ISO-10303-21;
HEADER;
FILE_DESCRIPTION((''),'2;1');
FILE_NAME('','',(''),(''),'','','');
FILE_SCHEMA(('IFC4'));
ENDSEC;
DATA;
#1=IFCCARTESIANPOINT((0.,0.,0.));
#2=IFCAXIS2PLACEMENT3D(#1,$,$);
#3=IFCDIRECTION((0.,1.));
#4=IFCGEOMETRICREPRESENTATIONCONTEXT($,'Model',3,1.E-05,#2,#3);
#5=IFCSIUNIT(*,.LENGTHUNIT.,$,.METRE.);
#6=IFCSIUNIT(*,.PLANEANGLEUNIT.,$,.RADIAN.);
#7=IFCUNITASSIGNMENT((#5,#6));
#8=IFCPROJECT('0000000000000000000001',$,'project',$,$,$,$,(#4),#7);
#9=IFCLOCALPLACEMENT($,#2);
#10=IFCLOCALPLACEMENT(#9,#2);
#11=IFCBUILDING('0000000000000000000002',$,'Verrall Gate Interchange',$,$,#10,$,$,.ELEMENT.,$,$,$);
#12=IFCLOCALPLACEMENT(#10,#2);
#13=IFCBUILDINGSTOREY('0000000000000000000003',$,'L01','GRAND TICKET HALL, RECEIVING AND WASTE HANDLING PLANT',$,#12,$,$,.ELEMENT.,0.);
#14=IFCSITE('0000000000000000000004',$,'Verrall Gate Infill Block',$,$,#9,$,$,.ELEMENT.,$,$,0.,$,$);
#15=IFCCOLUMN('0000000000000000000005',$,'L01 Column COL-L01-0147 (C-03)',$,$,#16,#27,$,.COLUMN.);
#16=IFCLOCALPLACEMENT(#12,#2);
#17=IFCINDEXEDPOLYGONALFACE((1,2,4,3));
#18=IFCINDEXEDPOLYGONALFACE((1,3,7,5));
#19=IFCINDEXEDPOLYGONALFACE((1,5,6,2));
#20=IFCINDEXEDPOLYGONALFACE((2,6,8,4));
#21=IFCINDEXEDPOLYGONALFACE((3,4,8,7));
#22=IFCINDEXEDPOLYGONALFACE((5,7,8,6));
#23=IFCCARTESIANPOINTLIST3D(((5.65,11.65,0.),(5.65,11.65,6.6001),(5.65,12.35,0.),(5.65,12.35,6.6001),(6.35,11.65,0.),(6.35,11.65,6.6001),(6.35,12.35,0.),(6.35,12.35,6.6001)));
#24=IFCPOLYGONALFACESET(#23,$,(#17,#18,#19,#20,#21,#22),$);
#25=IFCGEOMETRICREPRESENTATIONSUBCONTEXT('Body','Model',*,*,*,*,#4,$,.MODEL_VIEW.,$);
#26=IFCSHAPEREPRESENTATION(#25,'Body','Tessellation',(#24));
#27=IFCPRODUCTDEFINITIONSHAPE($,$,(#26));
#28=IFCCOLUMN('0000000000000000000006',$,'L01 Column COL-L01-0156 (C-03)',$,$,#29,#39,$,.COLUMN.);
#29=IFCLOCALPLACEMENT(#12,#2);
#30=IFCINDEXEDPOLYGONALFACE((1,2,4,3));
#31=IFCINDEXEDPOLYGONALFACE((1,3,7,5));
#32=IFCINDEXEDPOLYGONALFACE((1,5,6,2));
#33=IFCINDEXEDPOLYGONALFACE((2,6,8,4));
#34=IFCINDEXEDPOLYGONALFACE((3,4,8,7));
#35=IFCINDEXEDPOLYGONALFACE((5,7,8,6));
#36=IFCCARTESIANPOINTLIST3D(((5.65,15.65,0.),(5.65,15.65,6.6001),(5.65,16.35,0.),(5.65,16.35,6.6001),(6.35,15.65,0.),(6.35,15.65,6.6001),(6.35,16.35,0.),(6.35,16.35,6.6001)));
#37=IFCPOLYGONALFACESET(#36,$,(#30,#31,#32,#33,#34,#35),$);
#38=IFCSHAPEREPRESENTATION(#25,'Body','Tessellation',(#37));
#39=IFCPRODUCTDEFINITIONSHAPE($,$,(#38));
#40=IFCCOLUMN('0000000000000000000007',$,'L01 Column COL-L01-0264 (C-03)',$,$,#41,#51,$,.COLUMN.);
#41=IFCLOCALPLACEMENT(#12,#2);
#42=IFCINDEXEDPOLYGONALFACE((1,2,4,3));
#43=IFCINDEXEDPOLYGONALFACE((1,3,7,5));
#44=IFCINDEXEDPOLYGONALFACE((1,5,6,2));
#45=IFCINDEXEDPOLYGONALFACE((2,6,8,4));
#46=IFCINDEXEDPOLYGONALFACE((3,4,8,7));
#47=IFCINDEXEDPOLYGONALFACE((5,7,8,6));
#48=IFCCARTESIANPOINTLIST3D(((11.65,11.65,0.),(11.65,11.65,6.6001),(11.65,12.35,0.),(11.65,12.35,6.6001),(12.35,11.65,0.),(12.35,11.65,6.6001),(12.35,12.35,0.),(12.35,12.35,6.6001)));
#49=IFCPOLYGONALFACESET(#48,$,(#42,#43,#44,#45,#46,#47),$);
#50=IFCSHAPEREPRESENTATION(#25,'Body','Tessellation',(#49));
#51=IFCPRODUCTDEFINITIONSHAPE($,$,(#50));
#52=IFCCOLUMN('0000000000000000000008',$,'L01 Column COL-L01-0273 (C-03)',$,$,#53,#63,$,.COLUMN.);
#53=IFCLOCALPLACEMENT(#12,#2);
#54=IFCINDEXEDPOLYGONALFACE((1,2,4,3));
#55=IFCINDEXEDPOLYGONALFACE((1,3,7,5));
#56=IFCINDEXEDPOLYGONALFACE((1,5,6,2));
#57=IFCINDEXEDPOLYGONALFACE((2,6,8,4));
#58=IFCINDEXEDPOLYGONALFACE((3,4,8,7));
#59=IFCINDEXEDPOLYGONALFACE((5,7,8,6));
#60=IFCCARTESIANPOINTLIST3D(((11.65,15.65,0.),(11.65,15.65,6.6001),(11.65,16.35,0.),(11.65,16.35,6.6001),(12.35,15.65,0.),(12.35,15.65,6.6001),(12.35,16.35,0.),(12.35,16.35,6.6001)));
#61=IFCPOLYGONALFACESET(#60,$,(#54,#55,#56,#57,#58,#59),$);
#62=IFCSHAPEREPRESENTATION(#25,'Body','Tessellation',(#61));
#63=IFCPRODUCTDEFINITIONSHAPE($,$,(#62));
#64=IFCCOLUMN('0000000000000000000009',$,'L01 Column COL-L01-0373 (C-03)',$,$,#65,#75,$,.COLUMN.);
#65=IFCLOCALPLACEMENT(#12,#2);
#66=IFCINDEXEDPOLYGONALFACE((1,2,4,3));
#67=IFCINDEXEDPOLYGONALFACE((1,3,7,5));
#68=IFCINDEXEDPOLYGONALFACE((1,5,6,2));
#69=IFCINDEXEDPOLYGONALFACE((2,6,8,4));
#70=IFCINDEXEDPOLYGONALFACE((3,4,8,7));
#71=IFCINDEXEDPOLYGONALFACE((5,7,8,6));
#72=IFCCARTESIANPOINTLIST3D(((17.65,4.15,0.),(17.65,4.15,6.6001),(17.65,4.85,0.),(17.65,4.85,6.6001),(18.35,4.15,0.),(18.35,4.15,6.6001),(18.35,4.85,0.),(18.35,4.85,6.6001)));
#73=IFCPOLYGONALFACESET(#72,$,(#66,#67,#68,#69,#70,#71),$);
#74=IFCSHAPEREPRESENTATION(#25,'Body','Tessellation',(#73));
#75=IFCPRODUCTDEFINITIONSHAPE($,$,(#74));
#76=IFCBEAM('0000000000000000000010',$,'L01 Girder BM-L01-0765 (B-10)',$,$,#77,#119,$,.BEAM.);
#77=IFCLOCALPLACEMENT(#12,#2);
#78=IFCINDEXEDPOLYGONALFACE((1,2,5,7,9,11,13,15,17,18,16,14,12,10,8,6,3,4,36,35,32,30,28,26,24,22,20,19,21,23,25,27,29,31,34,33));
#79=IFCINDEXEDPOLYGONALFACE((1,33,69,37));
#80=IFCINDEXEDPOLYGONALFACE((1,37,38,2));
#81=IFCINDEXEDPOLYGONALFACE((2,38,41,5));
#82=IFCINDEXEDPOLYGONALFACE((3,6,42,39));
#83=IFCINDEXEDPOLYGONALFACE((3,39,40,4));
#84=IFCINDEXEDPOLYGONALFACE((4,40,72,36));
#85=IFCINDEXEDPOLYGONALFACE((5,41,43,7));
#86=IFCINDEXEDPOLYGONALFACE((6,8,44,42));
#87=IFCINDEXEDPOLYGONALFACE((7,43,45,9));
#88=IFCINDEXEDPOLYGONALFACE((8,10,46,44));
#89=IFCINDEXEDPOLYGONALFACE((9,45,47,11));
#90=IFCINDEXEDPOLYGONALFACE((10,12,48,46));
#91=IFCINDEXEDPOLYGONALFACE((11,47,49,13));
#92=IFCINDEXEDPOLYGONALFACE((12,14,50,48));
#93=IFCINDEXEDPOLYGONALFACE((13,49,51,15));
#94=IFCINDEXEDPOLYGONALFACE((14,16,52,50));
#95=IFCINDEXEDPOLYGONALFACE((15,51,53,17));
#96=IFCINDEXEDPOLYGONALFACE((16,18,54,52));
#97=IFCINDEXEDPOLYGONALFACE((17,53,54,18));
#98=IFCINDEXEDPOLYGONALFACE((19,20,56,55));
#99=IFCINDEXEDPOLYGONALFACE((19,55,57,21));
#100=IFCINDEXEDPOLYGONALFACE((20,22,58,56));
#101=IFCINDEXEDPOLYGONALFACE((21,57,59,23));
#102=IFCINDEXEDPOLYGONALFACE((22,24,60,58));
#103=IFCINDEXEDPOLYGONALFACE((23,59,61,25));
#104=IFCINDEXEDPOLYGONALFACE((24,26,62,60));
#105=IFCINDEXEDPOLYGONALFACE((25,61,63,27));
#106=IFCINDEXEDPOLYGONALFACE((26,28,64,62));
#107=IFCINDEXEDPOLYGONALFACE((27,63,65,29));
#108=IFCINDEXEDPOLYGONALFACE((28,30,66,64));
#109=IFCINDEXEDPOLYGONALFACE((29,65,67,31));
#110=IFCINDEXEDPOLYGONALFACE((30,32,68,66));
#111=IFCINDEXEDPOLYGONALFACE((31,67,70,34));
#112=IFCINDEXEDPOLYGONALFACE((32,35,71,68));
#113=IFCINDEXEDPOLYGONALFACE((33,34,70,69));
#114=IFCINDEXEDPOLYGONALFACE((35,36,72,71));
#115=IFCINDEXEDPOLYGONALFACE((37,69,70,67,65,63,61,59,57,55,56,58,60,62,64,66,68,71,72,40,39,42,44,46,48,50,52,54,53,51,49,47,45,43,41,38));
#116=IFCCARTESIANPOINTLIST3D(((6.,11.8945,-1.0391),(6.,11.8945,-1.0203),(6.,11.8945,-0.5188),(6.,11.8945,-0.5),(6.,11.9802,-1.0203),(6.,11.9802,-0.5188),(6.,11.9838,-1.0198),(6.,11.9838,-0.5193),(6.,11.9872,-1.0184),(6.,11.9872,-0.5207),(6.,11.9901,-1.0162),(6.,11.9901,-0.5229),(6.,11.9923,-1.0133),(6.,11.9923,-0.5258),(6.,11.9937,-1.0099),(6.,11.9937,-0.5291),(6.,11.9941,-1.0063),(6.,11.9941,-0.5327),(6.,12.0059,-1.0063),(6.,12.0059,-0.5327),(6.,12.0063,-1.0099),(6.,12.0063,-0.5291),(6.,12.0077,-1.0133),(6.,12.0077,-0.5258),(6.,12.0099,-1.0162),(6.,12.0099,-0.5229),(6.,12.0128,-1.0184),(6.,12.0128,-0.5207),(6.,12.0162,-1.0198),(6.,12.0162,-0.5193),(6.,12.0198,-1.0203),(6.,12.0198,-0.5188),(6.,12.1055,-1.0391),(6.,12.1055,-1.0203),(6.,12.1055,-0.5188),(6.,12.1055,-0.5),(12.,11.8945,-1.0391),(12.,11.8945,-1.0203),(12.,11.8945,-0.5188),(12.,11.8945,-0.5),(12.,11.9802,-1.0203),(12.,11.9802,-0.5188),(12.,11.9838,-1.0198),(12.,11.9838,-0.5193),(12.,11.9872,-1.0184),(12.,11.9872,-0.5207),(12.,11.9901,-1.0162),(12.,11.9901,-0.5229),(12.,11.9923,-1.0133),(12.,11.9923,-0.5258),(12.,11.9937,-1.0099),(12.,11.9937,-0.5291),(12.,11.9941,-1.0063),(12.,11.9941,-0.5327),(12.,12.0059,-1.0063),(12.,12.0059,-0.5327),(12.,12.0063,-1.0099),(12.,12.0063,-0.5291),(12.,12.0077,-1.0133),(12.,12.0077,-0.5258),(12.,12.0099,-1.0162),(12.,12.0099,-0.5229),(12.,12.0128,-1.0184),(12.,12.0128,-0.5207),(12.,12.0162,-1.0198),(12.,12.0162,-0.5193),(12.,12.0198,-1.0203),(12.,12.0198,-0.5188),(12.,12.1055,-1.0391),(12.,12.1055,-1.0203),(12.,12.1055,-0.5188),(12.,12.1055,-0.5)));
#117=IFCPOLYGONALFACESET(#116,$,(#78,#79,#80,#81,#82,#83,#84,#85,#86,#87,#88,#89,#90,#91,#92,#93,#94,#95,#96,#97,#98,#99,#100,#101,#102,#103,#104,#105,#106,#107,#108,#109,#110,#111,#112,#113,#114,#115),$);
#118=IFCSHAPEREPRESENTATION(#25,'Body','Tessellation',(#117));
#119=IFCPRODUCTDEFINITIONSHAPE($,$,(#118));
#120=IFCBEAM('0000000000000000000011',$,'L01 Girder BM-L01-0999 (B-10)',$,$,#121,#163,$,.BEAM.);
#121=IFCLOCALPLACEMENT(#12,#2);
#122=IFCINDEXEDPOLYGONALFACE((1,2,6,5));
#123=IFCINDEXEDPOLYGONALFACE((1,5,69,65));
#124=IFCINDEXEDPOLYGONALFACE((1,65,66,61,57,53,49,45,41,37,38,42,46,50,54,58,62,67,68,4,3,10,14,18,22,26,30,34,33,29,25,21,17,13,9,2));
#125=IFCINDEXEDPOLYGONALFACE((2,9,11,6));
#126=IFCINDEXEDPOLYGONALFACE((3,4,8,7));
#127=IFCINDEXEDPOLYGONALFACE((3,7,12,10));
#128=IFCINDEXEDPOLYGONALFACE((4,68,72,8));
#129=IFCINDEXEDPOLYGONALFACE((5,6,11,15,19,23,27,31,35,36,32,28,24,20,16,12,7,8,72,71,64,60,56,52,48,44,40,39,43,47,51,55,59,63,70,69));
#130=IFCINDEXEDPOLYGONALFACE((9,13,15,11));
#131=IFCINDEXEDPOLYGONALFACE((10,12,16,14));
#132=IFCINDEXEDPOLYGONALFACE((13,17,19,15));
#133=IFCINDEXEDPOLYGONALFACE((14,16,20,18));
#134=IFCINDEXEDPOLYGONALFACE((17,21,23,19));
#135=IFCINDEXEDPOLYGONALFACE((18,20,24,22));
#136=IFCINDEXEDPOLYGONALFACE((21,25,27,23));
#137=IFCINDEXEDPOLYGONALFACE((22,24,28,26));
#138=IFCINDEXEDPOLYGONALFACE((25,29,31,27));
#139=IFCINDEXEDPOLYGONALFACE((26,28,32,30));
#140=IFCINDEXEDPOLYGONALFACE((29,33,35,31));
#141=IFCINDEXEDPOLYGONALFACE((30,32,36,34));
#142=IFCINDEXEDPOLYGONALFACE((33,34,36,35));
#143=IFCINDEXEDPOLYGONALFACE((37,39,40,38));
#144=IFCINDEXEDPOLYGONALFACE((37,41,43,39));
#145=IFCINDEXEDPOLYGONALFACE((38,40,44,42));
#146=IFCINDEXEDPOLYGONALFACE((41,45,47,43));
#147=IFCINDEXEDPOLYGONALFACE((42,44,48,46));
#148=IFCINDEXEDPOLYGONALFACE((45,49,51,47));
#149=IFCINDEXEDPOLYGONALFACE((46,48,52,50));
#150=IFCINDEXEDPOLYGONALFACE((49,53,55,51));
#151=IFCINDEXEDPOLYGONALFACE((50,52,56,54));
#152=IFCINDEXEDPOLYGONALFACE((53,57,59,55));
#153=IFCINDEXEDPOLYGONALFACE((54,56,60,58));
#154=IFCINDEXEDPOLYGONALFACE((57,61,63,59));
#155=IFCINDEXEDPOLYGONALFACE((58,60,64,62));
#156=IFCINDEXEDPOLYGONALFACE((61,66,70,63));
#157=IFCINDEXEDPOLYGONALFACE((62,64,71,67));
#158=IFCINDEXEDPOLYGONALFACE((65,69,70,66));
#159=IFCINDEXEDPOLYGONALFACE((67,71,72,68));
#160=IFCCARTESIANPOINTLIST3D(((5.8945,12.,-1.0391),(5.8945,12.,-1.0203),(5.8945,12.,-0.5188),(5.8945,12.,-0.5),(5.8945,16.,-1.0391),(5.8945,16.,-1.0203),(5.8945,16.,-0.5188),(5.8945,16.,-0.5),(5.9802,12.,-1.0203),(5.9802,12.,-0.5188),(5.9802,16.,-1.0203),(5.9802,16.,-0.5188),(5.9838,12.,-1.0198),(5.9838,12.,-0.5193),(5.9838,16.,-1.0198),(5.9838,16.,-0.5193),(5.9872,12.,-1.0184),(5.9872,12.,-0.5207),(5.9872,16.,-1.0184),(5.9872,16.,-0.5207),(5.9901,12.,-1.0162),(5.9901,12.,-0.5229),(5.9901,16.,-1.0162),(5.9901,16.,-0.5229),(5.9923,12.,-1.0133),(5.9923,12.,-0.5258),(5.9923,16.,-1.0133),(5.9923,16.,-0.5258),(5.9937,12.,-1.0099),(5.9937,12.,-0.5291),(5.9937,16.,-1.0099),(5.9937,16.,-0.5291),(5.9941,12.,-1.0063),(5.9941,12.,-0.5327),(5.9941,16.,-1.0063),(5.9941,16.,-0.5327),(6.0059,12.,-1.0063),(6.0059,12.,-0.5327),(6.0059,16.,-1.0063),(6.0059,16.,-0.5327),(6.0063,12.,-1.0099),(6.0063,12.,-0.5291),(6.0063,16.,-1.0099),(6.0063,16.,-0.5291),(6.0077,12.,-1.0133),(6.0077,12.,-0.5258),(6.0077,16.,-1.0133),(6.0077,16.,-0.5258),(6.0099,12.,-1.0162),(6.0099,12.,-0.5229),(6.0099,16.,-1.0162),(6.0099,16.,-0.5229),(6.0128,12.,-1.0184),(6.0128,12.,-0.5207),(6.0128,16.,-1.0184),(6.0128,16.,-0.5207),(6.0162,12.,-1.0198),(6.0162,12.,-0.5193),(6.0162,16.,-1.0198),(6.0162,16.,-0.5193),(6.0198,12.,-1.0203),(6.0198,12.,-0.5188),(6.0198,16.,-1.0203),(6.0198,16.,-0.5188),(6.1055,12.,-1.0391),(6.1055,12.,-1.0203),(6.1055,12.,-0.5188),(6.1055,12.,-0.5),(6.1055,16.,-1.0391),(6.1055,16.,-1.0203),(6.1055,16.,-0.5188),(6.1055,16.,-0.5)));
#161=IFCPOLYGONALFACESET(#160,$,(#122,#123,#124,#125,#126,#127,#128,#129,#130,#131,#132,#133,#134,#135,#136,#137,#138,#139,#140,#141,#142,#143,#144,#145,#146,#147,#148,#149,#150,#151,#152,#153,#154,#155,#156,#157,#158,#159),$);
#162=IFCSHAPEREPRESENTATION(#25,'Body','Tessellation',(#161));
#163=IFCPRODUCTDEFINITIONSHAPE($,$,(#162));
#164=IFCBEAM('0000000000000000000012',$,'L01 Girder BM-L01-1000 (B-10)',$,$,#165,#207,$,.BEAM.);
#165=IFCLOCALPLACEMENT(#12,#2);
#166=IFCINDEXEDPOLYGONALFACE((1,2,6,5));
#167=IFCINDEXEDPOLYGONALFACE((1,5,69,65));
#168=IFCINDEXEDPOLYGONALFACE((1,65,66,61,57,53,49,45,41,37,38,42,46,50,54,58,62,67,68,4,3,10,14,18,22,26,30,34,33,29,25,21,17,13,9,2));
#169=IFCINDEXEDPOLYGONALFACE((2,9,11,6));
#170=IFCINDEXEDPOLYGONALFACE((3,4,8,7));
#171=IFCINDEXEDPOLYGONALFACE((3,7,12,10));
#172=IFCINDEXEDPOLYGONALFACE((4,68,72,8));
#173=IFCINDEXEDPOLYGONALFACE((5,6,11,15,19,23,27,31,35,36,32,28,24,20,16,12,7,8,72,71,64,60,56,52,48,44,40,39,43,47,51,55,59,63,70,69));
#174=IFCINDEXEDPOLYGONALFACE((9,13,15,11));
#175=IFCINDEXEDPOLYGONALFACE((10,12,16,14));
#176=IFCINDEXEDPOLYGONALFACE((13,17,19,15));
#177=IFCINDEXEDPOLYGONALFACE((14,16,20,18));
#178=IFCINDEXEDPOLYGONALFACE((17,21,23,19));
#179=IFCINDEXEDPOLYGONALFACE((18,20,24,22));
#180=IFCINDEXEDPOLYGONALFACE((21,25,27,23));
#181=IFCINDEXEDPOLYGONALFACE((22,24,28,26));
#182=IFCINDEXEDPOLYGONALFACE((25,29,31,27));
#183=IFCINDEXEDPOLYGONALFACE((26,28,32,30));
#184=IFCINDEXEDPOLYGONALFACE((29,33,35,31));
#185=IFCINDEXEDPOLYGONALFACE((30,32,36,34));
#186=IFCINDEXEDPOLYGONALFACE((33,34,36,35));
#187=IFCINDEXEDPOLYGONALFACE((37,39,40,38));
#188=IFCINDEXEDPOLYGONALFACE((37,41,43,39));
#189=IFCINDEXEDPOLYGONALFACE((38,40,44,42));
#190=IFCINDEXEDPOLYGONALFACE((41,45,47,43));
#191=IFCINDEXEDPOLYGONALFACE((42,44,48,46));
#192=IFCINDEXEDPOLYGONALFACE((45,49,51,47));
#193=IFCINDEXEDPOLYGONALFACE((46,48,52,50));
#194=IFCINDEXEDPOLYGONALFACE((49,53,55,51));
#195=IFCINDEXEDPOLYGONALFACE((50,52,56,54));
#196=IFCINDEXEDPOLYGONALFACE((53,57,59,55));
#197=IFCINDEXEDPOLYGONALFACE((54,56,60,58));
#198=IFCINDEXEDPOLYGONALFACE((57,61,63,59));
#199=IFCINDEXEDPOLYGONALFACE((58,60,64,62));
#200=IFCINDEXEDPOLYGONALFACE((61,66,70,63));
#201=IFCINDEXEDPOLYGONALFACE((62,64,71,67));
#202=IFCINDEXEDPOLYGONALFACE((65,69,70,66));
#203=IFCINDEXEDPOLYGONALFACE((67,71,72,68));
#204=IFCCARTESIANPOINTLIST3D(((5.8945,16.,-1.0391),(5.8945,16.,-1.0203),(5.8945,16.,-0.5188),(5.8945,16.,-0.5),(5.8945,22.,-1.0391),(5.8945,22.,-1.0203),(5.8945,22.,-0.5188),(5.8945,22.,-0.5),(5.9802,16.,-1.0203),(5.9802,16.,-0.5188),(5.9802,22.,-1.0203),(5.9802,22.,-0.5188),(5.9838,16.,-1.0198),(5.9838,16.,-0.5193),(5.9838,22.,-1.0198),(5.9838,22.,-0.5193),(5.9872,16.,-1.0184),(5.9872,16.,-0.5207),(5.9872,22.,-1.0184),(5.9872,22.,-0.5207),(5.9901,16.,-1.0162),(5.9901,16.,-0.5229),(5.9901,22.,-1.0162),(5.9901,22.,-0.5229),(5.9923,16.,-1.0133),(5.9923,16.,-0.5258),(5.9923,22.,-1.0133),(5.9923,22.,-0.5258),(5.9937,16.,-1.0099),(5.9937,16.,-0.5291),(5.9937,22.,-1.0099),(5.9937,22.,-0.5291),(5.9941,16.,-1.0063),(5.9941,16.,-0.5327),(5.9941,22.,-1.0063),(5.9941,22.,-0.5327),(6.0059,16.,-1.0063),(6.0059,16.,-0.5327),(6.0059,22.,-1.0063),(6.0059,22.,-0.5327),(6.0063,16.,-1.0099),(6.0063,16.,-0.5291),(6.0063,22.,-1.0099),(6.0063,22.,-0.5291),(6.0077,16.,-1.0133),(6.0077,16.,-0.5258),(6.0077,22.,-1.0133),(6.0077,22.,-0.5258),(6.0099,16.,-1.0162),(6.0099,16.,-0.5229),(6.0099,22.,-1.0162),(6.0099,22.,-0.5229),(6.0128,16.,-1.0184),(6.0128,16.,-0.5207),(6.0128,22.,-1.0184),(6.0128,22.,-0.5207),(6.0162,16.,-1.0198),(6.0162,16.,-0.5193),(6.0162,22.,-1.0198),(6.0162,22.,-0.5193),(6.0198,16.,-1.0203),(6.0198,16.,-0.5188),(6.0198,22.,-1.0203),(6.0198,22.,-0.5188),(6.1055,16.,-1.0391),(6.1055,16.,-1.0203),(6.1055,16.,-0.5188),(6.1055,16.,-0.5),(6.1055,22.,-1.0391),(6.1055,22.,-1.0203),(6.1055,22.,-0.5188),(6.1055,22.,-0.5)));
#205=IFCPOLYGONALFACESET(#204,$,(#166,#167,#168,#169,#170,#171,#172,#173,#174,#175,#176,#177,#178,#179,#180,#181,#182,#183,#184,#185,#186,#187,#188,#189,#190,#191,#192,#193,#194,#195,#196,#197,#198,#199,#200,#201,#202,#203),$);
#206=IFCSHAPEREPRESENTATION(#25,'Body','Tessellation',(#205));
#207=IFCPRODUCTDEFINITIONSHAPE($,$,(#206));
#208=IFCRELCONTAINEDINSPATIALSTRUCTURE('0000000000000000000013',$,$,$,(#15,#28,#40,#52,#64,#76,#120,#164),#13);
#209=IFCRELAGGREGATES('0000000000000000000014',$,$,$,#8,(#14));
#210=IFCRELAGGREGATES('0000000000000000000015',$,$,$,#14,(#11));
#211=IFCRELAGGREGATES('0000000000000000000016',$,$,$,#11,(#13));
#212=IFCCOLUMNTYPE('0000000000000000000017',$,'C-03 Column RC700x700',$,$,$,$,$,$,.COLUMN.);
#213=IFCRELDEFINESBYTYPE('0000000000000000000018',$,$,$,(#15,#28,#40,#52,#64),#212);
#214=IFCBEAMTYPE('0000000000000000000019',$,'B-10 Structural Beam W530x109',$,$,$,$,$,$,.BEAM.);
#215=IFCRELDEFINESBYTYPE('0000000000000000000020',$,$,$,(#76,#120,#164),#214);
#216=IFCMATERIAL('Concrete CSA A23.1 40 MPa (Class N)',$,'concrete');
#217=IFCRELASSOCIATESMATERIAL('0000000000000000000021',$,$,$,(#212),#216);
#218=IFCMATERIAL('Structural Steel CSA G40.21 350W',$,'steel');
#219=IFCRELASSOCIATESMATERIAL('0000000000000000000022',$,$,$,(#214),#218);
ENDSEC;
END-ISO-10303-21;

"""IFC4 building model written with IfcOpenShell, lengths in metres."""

from ifc_helpers import new_model, si_unit, direction, frame, origin, origin_2d, place, context, subcontext, project, spatial, rectangle, i_section, extrude, material, material_profile, profile_set, type_object, element, save


model = new_model("IFC4")

# Units and contexts
model_context = context("Model", 3, precision=1e-05, world=origin(), true_north=direction((0.0, 1.0)))
body_context = subcontext(model_context, "Body", "Model", "MODEL_VIEW")
ifc_project = project(units=[si_unit("LENGTHUNIT", "METRE"), si_unit("PLANEANGLEUNIT", "RADIAN")], contexts=[model_context])

# Site, building, storey
site_placement = place(None, origin())
site = spatial("IfcSite", under=ifc_project, at=site_placement, Name="Verrall Gate Infill Block", CompositionType="ELEMENT", RefElevation=0.0)
building_placement = place(site_placement, origin())
building = spatial("IfcBuilding", under=site, at=building_placement, Name="Verrall Gate Interchange", CompositionType="ELEMENT")
storey_placement = place(building_placement, origin())
storey = spatial("IfcBuildingStorey", under=building, at=storey_placement, Name="L01", Description="GRAND TICKET HALL, RECEIVING AND WASTE HANDLING PLANT", CompositionType="ELEMENT", Elevation=0.0)

# Columns
ifc_material_1 = material(Name="Concrete CSA A23.1 40 MPa (Class N)", Category="concrete")
ifc_material_profile_1 = material_profile(ifc_material_1, rectangle(XDim=0.7, YDim=0.7, at=origin_2d()), Name="RC700x700")
ifc_profile_set_1 = profile_set([ifc_material_profile_1], Name="Concrete CSA A23.1 40 MPa (Class N)")
column_type = type_object("IfcColumnType", Name="C-03 Column RC700x700", PredefinedType="COLUMN", material=ifc_profile_set_1)
for number, where, z_axis, x_axis, name in (
    (1, (6.0, 12.0, 0.0), (0.0, 0.0, 1.0), (1.0, 0.0, 0.0), "L01 Column COL-L01-0147 (C-03)"),
    (2, (6.0, 16.0, 0.0), (0.0, 0.0, 1.0), (1.0, 0.0, 0.0), "L01 Column COL-L01-0156 (C-03)"),
    (3, (12.0, 12.0, 0.0), (0.0, 0.0, 1.0), (1.0, 0.0, 0.0), "L01 Column COL-L01-0264 (C-03)"),
    (4, (12.0, 16.0, 0.0), (0.0, 0.0, 1.0), (1.0, 0.0, 0.0), "L01 Column COL-L01-0273 (C-03)"),
    (5, (18.0, 4.5, 0.0), (0.0, 0.0, 1.0), (1.0, 0.0, 0.0), "L01 Column COL-L01-0373 (C-03)"),
):
    element("IfcColumn", number, at=place(storey_placement, frame(where, z_axis=z_axis, x_axis=x_axis)), inside=storey, type_object=column_type, Name=name, PredefinedType="COLUMN", context=body_context, shape_type="SweptSolid", body=[
        extrude(rectangle(XDim=0.7, YDim=0.7, at=origin_2d()), origin(), (0.0, 0.0, 1.0), 6.6001),
    ])

# Beams
ifc_material_2 = material(Name="Structural Steel CSA G40.21 350W", Category="steel")
ifc_material_profile_2 = material_profile(ifc_material_2, i_section(OverallWidth=0.2109, OverallDepth=0.5391, WebThickness=0.0117, FlangeThickness=0.0188, FilletRadius=0.0139, at=origin_2d()), Name="W530x109")
ifc_profile_set_2 = profile_set([ifc_material_profile_2], Name="Structural Steel CSA G40.21 350W")
beam_type_1 = type_object("IfcBeamType", Name="B-10 Structural Beam W530x109", PredefinedType="BEAM", material=ifc_profile_set_2)
beam_1_placement = place(storey_placement, frame((6.0, 12.0, -0.7695), z_axis=(1.0, 0.0, 0.0), x_axis=(0.0, 1.0, 0.0)))
element("IfcBeam", 6, at=beam_1_placement, inside=storey, type_object=beam_type_1, Name="L01 Girder BM-L01-0765 (B-10)", PredefinedType="BEAM", context=body_context, shape_type="SweptSolid", body=[
    extrude(i_section(OverallWidth=0.2109, OverallDepth=0.5391, WebThickness=0.0117, FlangeThickness=0.0188, FilletRadius=0.0139, at=origin_2d()), origin(), (0.0, 0.0, 1.0), 6.0),
])
beam_2_placement = place(storey_placement, frame((6.0, 12.0, -0.7695), z_axis=(0.0, 1.0, 0.0), x_axis=(-1.0, 0.0, 0.0)))
element("IfcBeam", 7, at=beam_2_placement, inside=storey, type_object=beam_type_1, Name="L01 Girder BM-L01-0999 (B-10)", PredefinedType="BEAM", context=body_context, shape_type="SweptSolid", body=[
    extrude(i_section(OverallWidth=0.2109, OverallDepth=0.5391, WebThickness=0.0117, FlangeThickness=0.0188, FilletRadius=0.0139, at=origin_2d()), origin(), (0.0, 0.0, 1.0), 4.0),
])
beam_3_placement = place(storey_placement, frame((6.0, 16.0, -0.7695), z_axis=(0.0, 1.0, 0.0), x_axis=(-1.0, 0.0, 0.0)))
element("IfcBeam", 8, at=beam_3_placement, inside=storey, type_object=beam_type_1, Name="L01 Girder BM-L01-1000 (B-10)", PredefinedType="BEAM", context=body_context, shape_type="SweptSolid", body=[
    extrude(i_section(OverallWidth=0.2109, OverallDepth=0.5391, WebThickness=0.0117, FlangeThickness=0.0188, FilletRadius=0.0139, at=origin_2d()), origin(), (0.0, 0.0, 1.0), 6.0),
])

save(model, "model.ifc")
